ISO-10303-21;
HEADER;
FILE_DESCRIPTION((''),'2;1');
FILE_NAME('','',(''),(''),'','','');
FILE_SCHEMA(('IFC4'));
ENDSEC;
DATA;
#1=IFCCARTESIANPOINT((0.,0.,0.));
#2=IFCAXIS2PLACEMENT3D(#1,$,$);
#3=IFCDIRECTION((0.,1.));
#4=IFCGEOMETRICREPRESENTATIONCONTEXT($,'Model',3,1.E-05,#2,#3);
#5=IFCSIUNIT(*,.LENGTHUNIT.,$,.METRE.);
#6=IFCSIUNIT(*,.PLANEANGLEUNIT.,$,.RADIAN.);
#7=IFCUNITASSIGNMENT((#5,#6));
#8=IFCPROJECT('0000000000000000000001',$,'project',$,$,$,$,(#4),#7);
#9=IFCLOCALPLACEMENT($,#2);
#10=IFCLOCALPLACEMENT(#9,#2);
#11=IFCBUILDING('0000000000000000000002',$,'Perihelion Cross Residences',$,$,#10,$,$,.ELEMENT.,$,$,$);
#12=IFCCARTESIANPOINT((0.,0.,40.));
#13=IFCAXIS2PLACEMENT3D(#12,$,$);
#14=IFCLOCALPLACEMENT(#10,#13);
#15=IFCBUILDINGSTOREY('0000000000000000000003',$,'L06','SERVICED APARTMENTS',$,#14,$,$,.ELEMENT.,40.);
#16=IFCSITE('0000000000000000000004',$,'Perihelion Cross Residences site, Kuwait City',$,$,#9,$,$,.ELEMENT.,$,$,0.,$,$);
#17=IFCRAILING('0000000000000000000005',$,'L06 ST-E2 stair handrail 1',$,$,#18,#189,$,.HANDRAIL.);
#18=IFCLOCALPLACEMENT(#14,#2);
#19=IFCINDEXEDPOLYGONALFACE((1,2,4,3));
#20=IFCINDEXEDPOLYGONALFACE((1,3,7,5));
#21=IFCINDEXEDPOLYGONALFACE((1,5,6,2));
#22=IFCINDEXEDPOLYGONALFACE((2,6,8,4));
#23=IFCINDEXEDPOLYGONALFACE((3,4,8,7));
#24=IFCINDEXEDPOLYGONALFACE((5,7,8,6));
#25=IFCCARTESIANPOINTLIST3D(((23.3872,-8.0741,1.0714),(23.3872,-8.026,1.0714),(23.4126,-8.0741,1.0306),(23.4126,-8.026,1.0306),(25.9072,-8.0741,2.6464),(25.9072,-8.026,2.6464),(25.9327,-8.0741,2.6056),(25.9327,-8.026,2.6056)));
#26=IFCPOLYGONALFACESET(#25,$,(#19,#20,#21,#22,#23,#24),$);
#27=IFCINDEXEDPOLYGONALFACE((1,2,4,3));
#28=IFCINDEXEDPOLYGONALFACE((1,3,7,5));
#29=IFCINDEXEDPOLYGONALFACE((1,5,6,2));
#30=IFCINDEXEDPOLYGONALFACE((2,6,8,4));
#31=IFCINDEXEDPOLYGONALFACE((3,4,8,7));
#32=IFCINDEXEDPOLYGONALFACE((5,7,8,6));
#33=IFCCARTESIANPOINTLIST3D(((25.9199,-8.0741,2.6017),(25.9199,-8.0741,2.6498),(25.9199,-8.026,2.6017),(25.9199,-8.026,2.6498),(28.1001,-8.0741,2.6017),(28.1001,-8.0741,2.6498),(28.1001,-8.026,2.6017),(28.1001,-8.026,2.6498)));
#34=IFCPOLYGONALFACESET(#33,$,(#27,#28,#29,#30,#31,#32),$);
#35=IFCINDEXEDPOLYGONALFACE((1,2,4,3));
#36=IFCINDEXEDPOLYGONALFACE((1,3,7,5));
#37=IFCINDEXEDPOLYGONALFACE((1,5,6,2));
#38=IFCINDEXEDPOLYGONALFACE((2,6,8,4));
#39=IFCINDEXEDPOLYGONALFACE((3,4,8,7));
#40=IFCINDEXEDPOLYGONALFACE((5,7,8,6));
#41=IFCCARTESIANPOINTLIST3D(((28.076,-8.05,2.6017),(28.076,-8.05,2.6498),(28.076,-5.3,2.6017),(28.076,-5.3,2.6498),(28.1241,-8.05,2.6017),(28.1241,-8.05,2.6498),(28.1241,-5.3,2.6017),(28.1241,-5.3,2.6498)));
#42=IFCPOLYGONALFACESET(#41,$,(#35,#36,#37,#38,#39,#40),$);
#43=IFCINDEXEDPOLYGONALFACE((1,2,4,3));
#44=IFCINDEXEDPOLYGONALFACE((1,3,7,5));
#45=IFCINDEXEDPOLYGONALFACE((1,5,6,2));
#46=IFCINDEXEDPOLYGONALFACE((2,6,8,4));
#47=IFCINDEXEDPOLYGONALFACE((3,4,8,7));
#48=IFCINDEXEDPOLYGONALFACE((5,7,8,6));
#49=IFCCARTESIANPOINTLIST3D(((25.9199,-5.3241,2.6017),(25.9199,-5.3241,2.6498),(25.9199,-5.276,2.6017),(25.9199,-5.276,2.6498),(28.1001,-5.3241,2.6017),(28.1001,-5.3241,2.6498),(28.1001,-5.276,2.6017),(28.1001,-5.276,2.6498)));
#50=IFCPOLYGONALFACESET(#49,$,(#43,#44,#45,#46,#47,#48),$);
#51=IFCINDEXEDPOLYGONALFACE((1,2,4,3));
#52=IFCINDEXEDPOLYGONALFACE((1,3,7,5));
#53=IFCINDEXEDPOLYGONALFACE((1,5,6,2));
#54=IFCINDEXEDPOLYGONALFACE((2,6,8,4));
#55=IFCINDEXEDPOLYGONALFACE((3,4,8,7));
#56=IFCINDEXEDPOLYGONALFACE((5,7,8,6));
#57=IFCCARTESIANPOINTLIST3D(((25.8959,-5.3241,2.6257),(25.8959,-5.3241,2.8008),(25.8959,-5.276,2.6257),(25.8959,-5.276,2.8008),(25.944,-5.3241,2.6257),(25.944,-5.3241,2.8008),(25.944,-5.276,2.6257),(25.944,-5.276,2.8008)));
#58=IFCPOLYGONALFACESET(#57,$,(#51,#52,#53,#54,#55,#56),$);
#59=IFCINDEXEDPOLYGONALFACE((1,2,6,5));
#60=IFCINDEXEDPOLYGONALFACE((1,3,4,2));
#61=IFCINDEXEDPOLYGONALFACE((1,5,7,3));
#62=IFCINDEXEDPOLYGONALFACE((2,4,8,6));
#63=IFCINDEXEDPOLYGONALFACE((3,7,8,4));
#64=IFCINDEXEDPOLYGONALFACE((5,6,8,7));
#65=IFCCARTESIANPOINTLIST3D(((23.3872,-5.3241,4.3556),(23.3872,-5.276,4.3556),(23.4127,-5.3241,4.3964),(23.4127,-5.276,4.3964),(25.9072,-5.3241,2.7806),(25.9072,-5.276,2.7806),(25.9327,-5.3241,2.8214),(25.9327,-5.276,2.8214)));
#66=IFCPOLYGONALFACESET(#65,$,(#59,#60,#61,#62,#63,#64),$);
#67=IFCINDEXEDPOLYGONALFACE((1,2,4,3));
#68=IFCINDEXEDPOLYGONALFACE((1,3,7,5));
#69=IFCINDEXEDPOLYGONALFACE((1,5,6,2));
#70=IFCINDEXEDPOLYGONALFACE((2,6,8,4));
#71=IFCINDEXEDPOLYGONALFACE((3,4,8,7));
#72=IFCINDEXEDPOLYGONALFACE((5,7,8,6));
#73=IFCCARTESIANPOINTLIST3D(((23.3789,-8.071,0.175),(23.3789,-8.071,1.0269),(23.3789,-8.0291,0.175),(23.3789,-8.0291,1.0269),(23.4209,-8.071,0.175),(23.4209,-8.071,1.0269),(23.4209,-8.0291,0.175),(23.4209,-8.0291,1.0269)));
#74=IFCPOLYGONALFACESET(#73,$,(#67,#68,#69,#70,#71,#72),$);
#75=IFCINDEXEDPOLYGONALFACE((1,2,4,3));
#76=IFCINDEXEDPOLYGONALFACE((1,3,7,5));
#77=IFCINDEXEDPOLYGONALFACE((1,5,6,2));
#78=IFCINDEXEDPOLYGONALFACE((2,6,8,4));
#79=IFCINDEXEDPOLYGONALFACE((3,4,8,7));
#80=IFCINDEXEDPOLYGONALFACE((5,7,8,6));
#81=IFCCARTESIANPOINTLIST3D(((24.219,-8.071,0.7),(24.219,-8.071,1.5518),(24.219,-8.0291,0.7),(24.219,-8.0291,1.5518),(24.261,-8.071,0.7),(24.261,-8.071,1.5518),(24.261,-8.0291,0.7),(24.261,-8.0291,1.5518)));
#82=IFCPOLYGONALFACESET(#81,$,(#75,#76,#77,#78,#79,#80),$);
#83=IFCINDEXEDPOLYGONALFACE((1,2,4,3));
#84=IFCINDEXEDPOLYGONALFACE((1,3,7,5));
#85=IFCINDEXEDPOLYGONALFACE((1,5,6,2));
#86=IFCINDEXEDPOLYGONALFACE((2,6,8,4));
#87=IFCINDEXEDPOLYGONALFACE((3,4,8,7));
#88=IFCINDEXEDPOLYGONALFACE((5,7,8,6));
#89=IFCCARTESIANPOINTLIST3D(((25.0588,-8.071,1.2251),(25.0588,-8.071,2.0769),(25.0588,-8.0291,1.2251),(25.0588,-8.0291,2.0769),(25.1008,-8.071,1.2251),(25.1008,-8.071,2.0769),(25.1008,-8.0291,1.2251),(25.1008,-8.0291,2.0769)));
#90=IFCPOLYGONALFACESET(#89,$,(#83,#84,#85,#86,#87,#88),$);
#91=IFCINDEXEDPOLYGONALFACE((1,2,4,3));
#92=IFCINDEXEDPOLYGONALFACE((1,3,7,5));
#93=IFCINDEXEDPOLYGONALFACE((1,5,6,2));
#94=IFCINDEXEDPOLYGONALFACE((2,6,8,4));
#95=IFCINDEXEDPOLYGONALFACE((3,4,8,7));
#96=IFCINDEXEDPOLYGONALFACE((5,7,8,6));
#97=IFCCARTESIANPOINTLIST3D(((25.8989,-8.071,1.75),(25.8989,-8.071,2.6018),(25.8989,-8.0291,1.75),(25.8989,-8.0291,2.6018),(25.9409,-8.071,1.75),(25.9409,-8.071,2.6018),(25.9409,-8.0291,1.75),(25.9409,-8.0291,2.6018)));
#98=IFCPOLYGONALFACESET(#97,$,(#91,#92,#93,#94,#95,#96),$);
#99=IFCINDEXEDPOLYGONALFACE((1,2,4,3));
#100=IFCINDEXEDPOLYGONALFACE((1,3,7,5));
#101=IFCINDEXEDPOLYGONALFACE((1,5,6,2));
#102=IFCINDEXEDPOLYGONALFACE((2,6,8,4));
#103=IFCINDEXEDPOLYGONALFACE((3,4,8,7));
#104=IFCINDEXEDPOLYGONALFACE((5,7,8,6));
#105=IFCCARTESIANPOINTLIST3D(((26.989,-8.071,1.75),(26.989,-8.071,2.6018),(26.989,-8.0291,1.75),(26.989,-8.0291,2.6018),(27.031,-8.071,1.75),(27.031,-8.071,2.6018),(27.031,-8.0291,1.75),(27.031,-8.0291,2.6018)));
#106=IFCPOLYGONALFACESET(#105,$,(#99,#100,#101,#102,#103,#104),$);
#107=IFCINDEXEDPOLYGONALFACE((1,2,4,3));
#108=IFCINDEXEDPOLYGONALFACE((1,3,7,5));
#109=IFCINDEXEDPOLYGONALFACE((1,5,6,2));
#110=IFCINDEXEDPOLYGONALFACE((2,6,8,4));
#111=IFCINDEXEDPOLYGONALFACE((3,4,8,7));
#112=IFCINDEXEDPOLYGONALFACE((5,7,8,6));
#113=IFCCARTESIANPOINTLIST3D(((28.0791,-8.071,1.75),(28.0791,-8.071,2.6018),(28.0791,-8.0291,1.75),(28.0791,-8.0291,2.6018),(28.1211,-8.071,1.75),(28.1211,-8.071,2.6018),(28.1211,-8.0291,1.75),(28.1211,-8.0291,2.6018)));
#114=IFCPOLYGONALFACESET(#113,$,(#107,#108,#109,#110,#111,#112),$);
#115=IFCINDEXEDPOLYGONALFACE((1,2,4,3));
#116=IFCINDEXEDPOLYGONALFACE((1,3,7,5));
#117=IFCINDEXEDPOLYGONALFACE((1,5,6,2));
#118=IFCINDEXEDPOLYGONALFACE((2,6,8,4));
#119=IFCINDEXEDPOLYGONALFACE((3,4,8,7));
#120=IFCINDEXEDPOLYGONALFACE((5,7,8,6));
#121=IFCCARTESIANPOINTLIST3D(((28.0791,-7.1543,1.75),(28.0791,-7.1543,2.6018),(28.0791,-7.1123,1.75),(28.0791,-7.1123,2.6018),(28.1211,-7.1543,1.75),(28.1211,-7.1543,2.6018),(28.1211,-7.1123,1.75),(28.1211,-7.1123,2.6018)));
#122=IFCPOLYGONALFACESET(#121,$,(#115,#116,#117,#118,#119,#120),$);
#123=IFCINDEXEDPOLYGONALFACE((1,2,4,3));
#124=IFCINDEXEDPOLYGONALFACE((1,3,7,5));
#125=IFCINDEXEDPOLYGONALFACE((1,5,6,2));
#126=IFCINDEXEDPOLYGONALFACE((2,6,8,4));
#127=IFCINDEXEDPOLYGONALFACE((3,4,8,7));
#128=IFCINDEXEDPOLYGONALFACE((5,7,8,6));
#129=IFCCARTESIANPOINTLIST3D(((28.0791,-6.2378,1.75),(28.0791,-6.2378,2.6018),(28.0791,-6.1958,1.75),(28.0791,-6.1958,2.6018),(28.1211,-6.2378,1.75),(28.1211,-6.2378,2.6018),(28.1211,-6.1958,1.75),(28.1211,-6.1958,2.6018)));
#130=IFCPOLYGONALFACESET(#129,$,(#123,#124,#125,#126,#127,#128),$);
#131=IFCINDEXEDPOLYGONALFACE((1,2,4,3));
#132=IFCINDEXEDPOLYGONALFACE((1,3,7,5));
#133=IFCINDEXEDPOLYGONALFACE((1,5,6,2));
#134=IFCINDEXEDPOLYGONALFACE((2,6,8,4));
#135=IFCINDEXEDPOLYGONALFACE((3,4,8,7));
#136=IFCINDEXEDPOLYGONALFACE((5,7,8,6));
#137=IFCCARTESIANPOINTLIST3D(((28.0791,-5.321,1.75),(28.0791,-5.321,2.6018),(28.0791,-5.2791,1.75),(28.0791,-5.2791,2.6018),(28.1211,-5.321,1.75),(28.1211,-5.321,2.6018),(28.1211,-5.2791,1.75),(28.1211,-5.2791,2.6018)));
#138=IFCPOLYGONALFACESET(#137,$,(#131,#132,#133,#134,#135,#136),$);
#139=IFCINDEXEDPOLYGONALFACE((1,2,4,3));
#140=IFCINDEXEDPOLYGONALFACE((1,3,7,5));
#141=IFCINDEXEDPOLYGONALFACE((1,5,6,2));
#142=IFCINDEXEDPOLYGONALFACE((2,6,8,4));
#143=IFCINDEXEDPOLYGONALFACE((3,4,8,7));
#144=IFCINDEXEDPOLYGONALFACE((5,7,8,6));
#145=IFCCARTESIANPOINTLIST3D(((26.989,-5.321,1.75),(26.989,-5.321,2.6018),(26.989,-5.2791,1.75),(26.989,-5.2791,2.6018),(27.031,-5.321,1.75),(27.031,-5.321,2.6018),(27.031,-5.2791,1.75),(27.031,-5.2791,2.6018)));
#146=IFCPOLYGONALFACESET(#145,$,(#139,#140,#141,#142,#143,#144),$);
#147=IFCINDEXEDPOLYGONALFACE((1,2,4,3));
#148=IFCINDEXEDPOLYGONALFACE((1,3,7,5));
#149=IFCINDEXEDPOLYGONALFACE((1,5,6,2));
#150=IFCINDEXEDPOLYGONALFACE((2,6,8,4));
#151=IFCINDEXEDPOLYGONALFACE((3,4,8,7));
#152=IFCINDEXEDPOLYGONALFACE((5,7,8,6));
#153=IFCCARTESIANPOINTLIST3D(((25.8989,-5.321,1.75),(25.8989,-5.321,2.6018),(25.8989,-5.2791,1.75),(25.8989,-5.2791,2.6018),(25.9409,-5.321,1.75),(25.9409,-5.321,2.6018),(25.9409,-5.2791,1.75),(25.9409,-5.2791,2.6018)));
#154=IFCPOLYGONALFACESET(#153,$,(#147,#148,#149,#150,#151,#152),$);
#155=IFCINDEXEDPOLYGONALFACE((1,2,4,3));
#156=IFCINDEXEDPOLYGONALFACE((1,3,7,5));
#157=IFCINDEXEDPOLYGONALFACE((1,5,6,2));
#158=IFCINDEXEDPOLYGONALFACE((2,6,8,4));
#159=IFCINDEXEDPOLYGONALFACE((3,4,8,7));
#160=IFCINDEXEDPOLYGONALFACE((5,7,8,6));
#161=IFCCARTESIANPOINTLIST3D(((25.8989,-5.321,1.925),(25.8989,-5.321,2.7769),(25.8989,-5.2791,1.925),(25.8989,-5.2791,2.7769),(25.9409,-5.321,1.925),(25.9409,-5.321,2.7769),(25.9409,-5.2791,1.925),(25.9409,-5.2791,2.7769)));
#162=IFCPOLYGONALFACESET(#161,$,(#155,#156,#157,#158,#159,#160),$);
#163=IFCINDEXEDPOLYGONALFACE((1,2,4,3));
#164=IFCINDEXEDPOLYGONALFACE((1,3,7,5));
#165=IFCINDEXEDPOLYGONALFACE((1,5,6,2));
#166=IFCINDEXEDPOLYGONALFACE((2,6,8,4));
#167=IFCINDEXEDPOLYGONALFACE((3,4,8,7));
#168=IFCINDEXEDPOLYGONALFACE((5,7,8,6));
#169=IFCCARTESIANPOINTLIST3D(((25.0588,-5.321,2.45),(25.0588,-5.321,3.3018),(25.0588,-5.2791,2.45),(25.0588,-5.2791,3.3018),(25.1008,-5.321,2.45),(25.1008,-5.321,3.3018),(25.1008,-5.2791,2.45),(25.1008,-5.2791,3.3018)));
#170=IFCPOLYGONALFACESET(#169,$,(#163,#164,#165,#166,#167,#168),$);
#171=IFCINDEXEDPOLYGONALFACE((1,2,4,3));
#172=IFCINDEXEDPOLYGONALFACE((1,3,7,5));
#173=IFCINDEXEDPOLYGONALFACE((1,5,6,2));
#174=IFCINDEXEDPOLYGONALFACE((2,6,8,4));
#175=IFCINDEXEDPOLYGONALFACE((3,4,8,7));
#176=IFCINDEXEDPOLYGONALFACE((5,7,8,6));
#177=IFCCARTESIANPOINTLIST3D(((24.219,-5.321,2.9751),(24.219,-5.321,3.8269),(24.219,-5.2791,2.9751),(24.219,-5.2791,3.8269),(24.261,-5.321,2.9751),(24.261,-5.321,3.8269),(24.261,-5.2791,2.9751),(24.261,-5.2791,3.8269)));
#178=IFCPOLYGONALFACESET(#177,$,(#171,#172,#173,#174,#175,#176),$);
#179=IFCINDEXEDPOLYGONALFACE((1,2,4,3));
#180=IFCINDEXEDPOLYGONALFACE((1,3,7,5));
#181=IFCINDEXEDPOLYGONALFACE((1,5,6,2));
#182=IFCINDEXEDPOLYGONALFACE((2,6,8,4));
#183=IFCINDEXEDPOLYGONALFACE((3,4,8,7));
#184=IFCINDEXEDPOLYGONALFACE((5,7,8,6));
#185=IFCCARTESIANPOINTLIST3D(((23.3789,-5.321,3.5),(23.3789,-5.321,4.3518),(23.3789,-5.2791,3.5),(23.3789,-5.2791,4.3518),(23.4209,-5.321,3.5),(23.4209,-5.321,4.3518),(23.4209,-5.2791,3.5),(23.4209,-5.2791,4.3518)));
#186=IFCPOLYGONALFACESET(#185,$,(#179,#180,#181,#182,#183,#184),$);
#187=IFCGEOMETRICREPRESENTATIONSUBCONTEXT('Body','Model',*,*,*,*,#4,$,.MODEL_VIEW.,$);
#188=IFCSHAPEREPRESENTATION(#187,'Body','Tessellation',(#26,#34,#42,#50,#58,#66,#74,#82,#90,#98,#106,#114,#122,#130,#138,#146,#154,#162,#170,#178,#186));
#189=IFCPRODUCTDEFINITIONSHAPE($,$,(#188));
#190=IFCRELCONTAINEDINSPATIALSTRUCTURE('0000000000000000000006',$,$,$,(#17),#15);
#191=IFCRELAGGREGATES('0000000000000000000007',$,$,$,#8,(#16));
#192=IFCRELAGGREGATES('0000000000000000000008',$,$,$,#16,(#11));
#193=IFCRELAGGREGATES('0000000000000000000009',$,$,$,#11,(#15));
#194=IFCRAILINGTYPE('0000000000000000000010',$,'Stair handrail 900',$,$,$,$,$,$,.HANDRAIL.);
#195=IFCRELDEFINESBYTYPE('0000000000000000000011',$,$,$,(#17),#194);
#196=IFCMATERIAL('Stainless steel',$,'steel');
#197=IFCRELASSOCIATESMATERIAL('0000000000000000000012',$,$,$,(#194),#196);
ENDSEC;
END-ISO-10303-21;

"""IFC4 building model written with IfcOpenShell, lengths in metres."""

from ifc_helpers import new_model, si_unit, direction, frame, origin, origin_2d, place, context, subcontext, project, spatial, rectangle, extrude, material, type_object, element, save


model = new_model("IFC4")

# Units and contexts
model_context = context("Model", 3, precision=1e-05, world=origin(), true_north=direction((0.0, 1.0)))
body_context = subcontext(model_context, "Body", "Model", "MODEL_VIEW")
ifc_project = project(units=[si_unit("LENGTHUNIT", "METRE"), si_unit("PLANEANGLEUNIT", "RADIAN")], contexts=[model_context])

# Site, building, storey
site_placement = place(None, origin())
site = spatial("IfcSite", under=ifc_project, at=site_placement, Name="Perihelion Cross Residences site, Kuwait City", CompositionType="ELEMENT", RefElevation=0.0)
building_placement = place(site_placement, origin())
building = spatial("IfcBuilding", under=site, at=building_placement, Name="Perihelion Cross Residences", CompositionType="ELEMENT")
storey_placement = place(building_placement, frame((0.0, 0.0, 40.0)))
storey = spatial("IfcBuildingStorey", under=building, at=storey_placement, Name="L06", Description="SERVICED APARTMENTS", CompositionType="ELEMENT", Elevation=40.0)

# Railing
ifc_material_1 = material(Name="Stainless steel", Category="steel")
railing_type_1 = type_object("IfcRailingType", Name="Stair handrail 900", PredefinedType="HANDRAIL", material=ifc_material_1)
railing_1_placement = place(storey_placement, frame((23.3999, -8.05, 0.175)))
element("IfcRailing", 1, at=railing_1_placement, inside=storey, type_object=railing_type_1, Name="L06 ST-E2 stair handrail 1", PredefinedType="HANDRAIL", context=body_context, shape_type="SweptSolid", body=[
    extrude(rectangle(XDim=0.0481, YDim=0.0481, at=origin_2d()), frame((0.0, 0.0, 0.876), z_axis=(0.848008, 0.0, 0.529984), x_axis=(0.0, 1.0, 0.0)), (0.0, 0.0, 1.0), 2.9717),
    extrude(rectangle(XDim=0.0481, YDim=0.0481, at=origin_2d()), frame((2.52, 0.0, 2.4507), z_axis=(1.0, 0.0, 0.0), x_axis=(0.0, 1.0, 0.0)), (0.0, 0.0, 1.0), 2.1802),
    extrude(rectangle(XDim=0.0481, YDim=0.0481, at=origin_2d()), frame((4.7002, 0.0, 2.4507), z_axis=(0.0, 1.0, 0.0), x_axis=(-1.0, 0.0, 0.0)), (0.0, 0.0, 1.0), 2.75),
    extrude(rectangle(XDim=0.0481, YDim=0.0481, at=origin_2d()), frame((4.7002, 2.75, 2.4507), z_axis=(-1.0, 0.0, 0.0), x_axis=(0.0, -1.0, 0.0)), (0.0, 0.0, 1.0), 2.1802),
    extrude(rectangle(XDim=0.0481, YDim=0.0481, at=origin_2d()), frame((2.52, 2.75, 2.4507), z_axis=(0.0, 0.0, 1.0), x_axis=(1.0, 0.0, 0.0)), (0.0, 0.0, 1.0), 0.175),
    extrude(rectangle(XDim=0.0481, YDim=0.0481, at=origin_2d()), frame((2.52, 2.75, 2.626), z_axis=(-0.848008, 0.0, 0.529984), x_axis=(0.0, -1.0, 0.0)), (0.0, 0.0, 1.0), 2.9717),
    extrude(rectangle(XDim=0.042, YDim=0.042, at=origin_2d()), origin(), (0.0, 0.0, 1.0), 0.8518),
    extrude(rectangle(XDim=0.042, YDim=0.042, at=origin_2d()), frame((0.8401, 0.0, 0.5249)), (0.0, 0.0, 1.0), 0.8518),
    extrude(rectangle(XDim=0.042, YDim=0.042, at=origin_2d()), frame((1.6799, 0.0, 1.05)), (0.0, 0.0, 1.0), 0.8518),
    extrude(rectangle(XDim=0.042, YDim=0.042, at=origin_2d()), frame((2.52, 0.0, 1.575)), (0.0, 0.0, 1.0), 0.8518),
    extrude(rectangle(XDim=0.042, YDim=0.042, at=origin_2d()), frame((3.6101, 0.0, 1.575)), (0.0, 0.0, 1.0), 0.8518),
    extrude(rectangle(XDim=0.042, YDim=0.042, at=origin_2d()), frame((4.7002, 0.0, 1.575)), (0.0, 0.0, 1.0), 0.8518),
    extrude(rectangle(XDim=0.042, YDim=0.042, at=origin_2d()), frame((4.7002, 0.9167, 1.575)), (0.0, 0.0, 1.0), 0.8518),
    extrude(rectangle(XDim=0.042, YDim=0.042, at=origin_2d()), frame((4.7002, 1.8333, 1.575)), (0.0, 0.0, 1.0), 0.8518),
    extrude(rectangle(XDim=0.042, YDim=0.042, at=origin_2d()), frame((4.7002, 2.75, 1.575)), (0.0, 0.0, 1.0), 0.8518),
    extrude(rectangle(XDim=0.042, YDim=0.042, at=origin_2d()), frame((3.6101, 2.75, 1.575)), (0.0, 0.0, 1.0), 0.8518),
    extrude(rectangle(XDim=0.042, YDim=0.042, at=origin_2d()), frame((2.52, 2.75, 1.575)), (0.0, 0.0, 1.0), 0.8518),
    extrude(rectangle(XDim=0.042, YDim=0.042, at=origin_2d()), frame((2.52, 2.75, 1.75)), (0.0, 0.0, 1.0), 0.8518),
    extrude(rectangle(XDim=0.042, YDim=0.042, at=origin_2d()), frame((1.6799, 2.75, 2.2749)), (0.0, 0.0, 1.0), 0.8518),
    extrude(rectangle(XDim=0.042, YDim=0.042, at=origin_2d()), frame((0.8401, 2.75, 2.8)), (0.0, 0.0, 1.0), 0.8518),
    extrude(rectangle(XDim=0.042, YDim=0.042, at=origin_2d()), frame((0.0, 2.75, 3.325)), (0.0, 0.0, 1.0), 0.8518),
])

save(model, "model.ifc")
